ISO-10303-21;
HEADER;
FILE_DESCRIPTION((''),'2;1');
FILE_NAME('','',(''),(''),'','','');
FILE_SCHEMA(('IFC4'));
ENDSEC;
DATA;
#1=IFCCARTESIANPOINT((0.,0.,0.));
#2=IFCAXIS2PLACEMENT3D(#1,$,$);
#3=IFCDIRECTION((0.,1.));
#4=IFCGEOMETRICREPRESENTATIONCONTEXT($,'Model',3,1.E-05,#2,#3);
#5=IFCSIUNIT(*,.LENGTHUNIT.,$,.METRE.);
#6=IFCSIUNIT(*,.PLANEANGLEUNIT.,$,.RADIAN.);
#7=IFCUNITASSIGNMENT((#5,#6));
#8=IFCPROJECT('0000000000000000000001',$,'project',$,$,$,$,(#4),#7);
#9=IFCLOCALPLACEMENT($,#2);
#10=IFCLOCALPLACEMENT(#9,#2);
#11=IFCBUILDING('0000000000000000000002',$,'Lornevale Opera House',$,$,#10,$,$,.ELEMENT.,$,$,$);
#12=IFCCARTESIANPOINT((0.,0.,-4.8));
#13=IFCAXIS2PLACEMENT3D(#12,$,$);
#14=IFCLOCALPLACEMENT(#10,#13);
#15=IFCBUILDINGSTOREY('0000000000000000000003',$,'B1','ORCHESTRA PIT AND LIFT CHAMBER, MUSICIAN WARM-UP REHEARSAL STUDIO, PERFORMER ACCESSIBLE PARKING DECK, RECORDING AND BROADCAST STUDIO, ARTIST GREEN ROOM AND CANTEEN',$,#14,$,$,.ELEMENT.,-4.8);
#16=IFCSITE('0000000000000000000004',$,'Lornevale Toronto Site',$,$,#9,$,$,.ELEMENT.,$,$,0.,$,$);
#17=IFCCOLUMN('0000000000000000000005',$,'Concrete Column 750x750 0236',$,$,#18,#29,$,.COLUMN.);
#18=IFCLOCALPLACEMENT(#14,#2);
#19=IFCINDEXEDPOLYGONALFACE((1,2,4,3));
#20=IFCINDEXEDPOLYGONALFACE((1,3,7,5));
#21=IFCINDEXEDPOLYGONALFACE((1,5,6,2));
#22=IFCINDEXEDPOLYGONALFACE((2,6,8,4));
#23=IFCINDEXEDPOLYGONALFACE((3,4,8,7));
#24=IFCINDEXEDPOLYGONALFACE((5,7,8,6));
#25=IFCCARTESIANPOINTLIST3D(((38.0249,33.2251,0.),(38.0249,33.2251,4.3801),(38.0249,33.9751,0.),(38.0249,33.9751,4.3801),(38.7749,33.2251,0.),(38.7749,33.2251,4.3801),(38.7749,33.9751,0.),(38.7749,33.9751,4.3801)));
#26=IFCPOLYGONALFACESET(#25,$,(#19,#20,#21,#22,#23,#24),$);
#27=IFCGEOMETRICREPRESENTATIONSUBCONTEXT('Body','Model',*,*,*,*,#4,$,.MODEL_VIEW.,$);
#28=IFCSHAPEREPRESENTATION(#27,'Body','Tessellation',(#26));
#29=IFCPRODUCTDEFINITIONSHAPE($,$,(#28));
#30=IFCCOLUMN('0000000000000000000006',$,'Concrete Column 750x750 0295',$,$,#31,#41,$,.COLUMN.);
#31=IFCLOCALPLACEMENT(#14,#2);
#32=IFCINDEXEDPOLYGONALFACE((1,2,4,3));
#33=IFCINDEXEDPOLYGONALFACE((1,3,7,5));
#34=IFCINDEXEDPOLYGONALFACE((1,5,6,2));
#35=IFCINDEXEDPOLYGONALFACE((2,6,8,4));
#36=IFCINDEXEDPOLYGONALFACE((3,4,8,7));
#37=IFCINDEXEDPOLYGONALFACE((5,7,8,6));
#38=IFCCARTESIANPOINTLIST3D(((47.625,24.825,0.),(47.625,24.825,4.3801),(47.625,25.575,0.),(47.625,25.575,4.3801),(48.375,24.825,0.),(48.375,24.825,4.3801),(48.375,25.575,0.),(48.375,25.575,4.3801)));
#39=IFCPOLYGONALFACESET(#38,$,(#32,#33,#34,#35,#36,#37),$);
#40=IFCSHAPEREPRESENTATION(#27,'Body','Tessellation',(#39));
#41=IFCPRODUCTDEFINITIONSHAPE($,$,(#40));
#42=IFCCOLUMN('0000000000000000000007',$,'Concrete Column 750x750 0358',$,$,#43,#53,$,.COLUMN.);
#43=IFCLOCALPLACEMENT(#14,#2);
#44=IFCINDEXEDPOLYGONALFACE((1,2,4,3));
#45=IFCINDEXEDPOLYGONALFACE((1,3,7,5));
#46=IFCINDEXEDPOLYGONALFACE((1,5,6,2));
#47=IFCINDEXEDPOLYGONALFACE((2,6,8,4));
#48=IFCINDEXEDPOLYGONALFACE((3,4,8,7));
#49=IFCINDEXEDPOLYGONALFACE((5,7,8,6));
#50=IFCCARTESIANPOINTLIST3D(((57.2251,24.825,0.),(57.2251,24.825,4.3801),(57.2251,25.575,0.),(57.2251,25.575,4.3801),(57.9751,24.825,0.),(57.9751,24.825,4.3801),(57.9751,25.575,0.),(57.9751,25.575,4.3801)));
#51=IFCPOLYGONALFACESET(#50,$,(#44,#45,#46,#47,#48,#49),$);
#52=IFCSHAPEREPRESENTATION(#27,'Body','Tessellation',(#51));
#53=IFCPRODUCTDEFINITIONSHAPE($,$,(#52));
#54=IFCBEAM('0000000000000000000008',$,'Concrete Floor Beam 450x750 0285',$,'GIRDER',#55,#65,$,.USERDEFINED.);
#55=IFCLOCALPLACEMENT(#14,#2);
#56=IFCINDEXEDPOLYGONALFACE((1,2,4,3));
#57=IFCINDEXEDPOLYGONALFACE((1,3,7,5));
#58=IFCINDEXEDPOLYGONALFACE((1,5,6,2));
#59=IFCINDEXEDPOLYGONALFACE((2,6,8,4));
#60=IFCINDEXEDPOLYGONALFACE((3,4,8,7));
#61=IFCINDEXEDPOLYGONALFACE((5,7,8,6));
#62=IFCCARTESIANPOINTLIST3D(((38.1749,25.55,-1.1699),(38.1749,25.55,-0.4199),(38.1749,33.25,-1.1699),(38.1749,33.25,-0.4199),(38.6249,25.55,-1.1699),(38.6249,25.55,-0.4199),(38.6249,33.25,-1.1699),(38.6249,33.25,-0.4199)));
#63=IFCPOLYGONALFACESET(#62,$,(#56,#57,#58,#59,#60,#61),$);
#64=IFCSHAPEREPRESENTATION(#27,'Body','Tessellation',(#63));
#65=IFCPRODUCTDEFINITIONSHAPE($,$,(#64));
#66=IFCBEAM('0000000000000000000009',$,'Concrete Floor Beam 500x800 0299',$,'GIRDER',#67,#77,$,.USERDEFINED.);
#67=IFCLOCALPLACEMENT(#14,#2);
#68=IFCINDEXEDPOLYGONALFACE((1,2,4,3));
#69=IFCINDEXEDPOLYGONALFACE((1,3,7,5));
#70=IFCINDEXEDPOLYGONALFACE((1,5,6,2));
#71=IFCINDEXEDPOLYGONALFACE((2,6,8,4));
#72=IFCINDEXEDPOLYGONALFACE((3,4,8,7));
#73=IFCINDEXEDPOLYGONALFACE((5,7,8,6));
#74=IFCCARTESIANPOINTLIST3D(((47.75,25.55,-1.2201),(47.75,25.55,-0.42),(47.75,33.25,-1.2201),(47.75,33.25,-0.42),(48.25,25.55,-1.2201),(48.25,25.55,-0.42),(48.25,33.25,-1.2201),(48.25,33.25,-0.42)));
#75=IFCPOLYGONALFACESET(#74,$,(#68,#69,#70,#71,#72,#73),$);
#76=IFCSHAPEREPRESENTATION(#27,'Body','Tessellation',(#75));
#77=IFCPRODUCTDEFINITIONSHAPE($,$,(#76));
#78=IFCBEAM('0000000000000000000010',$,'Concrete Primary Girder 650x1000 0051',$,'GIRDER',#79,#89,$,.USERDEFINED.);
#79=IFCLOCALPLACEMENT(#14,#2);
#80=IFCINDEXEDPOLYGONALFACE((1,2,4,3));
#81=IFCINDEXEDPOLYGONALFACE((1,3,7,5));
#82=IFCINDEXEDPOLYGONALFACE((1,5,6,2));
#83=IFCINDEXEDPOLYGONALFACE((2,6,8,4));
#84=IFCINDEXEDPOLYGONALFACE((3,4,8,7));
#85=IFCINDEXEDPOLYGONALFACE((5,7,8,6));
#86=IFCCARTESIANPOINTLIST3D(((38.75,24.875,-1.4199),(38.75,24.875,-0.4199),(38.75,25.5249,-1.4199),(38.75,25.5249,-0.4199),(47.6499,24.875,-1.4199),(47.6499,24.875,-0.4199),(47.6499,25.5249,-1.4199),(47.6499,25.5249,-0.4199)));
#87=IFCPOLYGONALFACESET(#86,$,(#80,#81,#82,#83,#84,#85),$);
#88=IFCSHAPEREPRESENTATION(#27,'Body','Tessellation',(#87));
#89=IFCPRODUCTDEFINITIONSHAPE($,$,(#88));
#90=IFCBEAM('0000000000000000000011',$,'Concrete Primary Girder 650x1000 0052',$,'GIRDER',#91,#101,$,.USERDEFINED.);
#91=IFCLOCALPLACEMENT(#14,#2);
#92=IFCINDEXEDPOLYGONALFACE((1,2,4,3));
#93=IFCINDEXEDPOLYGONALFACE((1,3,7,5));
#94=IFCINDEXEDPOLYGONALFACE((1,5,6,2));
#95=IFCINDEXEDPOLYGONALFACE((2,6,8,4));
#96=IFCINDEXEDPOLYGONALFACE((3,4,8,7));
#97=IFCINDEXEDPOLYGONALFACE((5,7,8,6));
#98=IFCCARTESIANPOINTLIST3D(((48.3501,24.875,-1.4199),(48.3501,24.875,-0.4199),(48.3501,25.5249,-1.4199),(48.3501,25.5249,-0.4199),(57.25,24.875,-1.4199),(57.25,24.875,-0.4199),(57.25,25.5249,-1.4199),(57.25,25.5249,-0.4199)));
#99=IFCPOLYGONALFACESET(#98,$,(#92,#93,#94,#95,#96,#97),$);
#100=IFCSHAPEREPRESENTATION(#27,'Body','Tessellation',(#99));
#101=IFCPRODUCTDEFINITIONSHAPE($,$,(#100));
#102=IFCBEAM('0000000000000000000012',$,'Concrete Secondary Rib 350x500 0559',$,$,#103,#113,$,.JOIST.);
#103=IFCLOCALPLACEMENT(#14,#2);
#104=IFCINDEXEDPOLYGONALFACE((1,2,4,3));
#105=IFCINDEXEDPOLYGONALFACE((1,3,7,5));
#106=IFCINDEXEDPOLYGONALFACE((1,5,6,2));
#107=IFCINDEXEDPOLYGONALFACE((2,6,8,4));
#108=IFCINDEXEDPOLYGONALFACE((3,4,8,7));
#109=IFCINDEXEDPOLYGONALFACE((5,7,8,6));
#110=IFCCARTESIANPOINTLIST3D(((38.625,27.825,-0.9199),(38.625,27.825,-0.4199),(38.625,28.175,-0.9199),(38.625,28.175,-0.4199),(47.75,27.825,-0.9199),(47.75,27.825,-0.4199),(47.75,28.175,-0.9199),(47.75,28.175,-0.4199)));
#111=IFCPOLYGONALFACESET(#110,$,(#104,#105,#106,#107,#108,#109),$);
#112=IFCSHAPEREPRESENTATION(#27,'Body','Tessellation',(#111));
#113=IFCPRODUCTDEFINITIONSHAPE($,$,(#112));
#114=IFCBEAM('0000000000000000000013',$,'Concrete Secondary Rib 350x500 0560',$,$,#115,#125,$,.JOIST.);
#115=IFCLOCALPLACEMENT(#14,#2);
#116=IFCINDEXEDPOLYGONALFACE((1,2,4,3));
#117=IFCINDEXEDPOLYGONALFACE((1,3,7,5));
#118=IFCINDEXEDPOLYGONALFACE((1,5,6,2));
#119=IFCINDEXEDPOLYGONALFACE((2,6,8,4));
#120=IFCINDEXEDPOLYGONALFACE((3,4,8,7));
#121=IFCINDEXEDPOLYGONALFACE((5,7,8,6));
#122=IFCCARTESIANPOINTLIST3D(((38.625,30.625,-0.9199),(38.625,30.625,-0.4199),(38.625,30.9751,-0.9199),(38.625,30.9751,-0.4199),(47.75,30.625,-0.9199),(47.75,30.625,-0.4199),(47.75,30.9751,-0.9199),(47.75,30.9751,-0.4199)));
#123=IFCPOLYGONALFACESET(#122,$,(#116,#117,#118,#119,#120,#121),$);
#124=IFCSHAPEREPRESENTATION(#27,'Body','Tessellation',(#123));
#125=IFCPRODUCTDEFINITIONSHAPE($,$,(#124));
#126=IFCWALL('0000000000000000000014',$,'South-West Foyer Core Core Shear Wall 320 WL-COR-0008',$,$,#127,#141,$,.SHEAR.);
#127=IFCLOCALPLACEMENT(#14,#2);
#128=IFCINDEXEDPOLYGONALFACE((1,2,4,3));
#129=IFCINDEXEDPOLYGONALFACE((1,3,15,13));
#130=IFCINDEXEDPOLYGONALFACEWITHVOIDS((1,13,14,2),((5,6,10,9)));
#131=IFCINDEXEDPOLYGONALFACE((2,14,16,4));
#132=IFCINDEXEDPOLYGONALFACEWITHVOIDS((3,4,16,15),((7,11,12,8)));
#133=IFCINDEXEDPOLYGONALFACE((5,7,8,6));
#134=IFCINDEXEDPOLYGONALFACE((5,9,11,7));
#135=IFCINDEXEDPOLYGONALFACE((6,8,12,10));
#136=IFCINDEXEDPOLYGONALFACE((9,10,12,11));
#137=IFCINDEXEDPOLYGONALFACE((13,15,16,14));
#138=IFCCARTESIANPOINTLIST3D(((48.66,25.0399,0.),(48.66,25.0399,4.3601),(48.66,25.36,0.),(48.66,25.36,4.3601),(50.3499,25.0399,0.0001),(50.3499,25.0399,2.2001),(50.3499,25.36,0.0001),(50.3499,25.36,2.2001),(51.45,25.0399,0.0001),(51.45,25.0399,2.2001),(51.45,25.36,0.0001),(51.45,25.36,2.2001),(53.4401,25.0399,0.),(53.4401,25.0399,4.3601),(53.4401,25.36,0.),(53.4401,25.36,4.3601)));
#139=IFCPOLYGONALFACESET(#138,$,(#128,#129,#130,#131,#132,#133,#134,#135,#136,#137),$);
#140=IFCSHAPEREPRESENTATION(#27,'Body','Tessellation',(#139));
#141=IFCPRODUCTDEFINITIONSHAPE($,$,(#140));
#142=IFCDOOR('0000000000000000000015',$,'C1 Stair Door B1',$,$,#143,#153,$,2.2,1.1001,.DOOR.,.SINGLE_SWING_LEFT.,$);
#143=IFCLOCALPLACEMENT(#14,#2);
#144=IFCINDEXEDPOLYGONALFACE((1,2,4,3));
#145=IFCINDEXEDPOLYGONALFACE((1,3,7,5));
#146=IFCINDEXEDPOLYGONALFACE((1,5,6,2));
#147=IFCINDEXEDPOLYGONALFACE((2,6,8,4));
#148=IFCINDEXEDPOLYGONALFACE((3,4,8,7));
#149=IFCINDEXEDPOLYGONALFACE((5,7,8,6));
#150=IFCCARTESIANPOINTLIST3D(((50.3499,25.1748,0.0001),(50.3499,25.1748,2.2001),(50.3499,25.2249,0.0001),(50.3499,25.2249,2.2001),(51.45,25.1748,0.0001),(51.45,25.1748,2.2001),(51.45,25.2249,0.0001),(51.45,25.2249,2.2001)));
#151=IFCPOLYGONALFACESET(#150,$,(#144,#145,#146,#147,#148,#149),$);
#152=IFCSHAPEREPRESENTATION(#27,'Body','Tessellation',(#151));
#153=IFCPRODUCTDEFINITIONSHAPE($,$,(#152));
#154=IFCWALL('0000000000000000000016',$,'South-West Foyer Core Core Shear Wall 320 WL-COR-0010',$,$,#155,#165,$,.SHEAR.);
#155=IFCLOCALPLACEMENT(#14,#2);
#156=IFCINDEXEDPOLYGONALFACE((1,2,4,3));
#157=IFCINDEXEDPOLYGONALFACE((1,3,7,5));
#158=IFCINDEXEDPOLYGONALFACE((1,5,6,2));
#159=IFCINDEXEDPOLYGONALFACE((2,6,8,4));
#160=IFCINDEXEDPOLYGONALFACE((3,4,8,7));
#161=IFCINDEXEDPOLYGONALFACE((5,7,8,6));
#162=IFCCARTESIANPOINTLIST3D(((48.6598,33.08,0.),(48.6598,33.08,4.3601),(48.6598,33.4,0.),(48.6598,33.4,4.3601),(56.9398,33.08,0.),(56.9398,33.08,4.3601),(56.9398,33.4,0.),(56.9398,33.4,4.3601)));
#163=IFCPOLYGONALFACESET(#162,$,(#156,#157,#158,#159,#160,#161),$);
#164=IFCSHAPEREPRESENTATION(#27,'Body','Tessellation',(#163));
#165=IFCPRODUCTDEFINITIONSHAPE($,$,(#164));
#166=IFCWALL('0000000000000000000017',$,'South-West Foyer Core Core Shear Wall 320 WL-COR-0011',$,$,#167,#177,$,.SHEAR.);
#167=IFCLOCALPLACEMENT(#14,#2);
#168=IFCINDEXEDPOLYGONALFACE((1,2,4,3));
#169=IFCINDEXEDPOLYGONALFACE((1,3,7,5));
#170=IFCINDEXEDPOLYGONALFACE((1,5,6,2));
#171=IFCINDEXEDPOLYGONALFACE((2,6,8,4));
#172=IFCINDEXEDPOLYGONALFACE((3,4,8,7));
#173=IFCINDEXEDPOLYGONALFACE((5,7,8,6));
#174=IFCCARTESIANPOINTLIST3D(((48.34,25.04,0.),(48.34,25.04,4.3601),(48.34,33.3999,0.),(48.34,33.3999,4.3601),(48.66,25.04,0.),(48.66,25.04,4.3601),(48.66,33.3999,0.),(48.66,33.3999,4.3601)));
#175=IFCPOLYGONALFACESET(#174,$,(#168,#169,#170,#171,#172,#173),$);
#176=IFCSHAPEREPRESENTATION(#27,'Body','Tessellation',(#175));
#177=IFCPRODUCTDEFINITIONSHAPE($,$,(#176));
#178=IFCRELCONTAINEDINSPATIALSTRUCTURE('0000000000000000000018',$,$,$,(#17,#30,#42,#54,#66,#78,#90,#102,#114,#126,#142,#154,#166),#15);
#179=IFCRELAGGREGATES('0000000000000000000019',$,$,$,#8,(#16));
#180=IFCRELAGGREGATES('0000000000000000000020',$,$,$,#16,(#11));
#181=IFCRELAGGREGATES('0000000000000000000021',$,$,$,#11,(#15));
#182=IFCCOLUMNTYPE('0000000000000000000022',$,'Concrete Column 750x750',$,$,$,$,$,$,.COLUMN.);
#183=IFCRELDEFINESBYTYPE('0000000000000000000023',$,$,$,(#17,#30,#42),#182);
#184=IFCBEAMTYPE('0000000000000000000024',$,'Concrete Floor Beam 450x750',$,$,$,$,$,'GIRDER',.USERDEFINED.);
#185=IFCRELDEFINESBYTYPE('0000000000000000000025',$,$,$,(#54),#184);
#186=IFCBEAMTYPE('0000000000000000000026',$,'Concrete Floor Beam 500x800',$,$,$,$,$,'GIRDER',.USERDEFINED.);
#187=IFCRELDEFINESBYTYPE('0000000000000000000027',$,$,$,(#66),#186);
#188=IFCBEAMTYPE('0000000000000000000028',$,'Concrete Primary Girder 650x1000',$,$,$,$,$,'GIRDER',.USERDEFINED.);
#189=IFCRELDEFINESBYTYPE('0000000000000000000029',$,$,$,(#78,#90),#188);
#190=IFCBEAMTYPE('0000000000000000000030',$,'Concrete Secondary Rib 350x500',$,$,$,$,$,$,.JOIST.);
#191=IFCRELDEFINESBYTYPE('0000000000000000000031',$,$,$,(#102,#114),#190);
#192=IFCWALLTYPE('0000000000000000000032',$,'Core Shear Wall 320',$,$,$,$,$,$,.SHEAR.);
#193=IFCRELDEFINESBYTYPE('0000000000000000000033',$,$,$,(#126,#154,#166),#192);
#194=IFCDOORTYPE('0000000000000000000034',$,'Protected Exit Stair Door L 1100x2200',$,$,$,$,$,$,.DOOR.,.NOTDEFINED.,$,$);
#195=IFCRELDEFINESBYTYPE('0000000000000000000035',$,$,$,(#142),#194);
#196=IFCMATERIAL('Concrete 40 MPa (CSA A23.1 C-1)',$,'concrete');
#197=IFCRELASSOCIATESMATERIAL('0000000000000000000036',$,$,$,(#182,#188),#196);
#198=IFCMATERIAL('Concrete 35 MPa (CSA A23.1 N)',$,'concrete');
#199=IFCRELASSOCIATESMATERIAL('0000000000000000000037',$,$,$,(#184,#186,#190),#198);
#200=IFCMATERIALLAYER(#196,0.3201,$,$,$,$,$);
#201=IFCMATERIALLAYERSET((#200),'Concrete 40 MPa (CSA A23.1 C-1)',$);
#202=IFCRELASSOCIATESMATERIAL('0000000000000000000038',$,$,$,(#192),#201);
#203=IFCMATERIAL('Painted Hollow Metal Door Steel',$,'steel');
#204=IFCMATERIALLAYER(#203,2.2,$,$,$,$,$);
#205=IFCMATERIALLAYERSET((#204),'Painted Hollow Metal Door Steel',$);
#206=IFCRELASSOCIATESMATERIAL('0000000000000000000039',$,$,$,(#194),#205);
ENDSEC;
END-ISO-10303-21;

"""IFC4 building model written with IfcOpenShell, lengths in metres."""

from ifc_helpers import new_model, si_unit, direction, frame, frame_2d, origin, origin_2d, place, context, subcontext, project, spatial, rectangle, extrude, material, layer, layer_set, material_profile, profile_set, type_object, element, fill, save


model = new_model("IFC4")

# Units and contexts
model_context = context("Model", 3, precision=1e-05, world=origin(), true_north=direction((0.0, 1.0)))
body_context = subcontext(model_context, "Body", "Model", "MODEL_VIEW")
ifc_project = project(units=[si_unit("LENGTHUNIT", "METRE"), si_unit("PLANEANGLEUNIT", "RADIAN")], contexts=[model_context])

# Site, building, storey
site_placement = place(None, origin())
site = spatial("IfcSite", under=ifc_project, at=site_placement, Name="Lornevale Toronto Site", CompositionType="ELEMENT", RefElevation=0.0)
building_placement = place(site_placement, origin())
building = spatial("IfcBuilding", under=site, at=building_placement, Name="Lornevale Opera House", CompositionType="ELEMENT")
storey_placement = place(building_placement, frame((0.0, 0.0, -4.8)))
storey = spatial("IfcBuildingStorey", under=building, at=storey_placement, Name="B1", Description="ORCHESTRA PIT AND LIFT CHAMBER, MUSICIAN WARM-UP REHEARSAL STUDIO, PERFORMER ACCESSIBLE PARKING DECK, RECORDING AND BROADCAST STUDIO, ARTIST GREEN ROOM AND CANTEEN", CompositionType="ELEMENT", Elevation=-4.8)

# Columns
ifc_material_1 = material(Name="Concrete 40 MPa (CSA A23.1 C-1)", Category="concrete")
ifc_material_profile_1 = material_profile(ifc_material_1, rectangle(XDim=0.75, YDim=0.75, at=origin_2d()), Name="RC750x750")
ifc_profile_set_1 = profile_set([ifc_material_profile_1], Name="Concrete 40 MPa (CSA A23.1 C-1)")
column_type = type_object("IfcColumnType", Name="Concrete Column 750x750", PredefinedType="COLUMN", material=ifc_profile_set_1)
for number, where, z_axis, x_axis, name in (
    (1, (38.3999, 33.6001, 0.0), (0.0, 0.0, 1.0), (1.0, 0.0, 0.0), "Concrete Column 750x750 0236"),
    (2, (48.0, 25.2, 0.0), (0.0, 0.0, 1.0), (1.0, 0.0, 0.0), "Concrete Column 750x750 0295"),
    (3, (57.6001, 25.2, 0.0), (0.0, 0.0, 1.0), (1.0, 0.0, 0.0), "Concrete Column 750x750 0358"),
):
    element("IfcColumn", number, at=place(storey_placement, frame(where, z_axis=z_axis, x_axis=x_axis)), inside=storey, type_object=column_type, Name=name, PredefinedType="COLUMN", context=body_context, shape_type="SweptSolid", body=[
        extrude(rectangle(XDim=0.75, YDim=0.75, at=origin_2d()), origin(), (0.0, 0.0, 1.0), 4.3801),
    ])

# Beams
ifc_material_2 = material(Name="Concrete 35 MPa (CSA A23.1 N)", Category="concrete")
ifc_material_profile_2 = material_profile(ifc_material_2, rectangle(XDim=0.45, YDim=0.75, at=origin_2d()), Name="RC450x750")
ifc_profile_set_2 = profile_set([ifc_material_profile_2], Name="Concrete 35 MPa (CSA A23.1 N)")
beam_type_1 = type_object("IfcBeamType", Name="Concrete Floor Beam 450x750", ElementType="GIRDER", PredefinedType="USERDEFINED", material=ifc_profile_set_2)
beam_1_placement = place(storey_placement, frame((38.3999, 25.55, -0.7949), z_axis=(0.0, 1.0, 0.0), x_axis=(-1.0, 0.0, 0.0)))
element("IfcBeam", 4, at=beam_1_placement, inside=storey, type_object=beam_type_1, Name="Concrete Floor Beam 450x750 0285", ObjectType="GIRDER", PredefinedType="USERDEFINED", context=body_context, shape_type="SweptSolid", body=[
    extrude(rectangle(XDim=0.45, YDim=0.75, at=origin_2d()), origin(), (0.0, 0.0, 1.0), 7.7),
])
ifc_material_profile_3 = material_profile(ifc_material_2, rectangle(XDim=0.5, YDim=0.8, at=origin_2d()), Name="RC500x800")
ifc_profile_set_3 = profile_set([ifc_material_profile_3], Name="Concrete 35 MPa (CSA A23.1 N)")
beam_type_2 = type_object("IfcBeamType", Name="Concrete Floor Beam 500x800", ElementType="GIRDER", PredefinedType="USERDEFINED", material=ifc_profile_set_3)
beam_2_placement = place(storey_placement, frame((48.0, 25.55, -0.8201), z_axis=(0.0, 1.0, 0.0), x_axis=(-1.0, 0.0, 0.0)))
element("IfcBeam", 5, at=beam_2_placement, inside=storey, type_object=beam_type_2, Name="Concrete Floor Beam 500x800 0299", ObjectType="GIRDER", PredefinedType="USERDEFINED", context=body_context, shape_type="SweptSolid", body=[
    extrude(rectangle(XDim=0.5, YDim=0.8, at=origin_2d()), origin(), (0.0, 0.0, 1.0), 7.7),
])
ifc_material_profile_4 = material_profile(ifc_material_1, rectangle(XDim=0.6499, YDim=1.0, at=origin_2d()), Name="RC650x1000")
ifc_profile_set_4 = profile_set([ifc_material_profile_4], Name="Concrete 40 MPa (CSA A23.1 C-1)")
beam_type_3 = type_object("IfcBeamType", Name="Concrete Primary Girder 650x1000", ElementType="GIRDER", PredefinedType="USERDEFINED", material=ifc_profile_set_4)
for number, where, z_axis, x_axis, name in (
    (6, (38.75, 25.2, -0.9199), (1.0, 0.0, 0.0), (0.0, 1.0, 0.0), "Concrete Primary Girder 650x1000 0051"),
    (7, (48.3501, 25.2, -0.9199), (1.0, 0.0, 0.0), (0.0, 1.0, 0.0), "Concrete Primary Girder 650x1000 0052"),
):
    element("IfcBeam", number, at=place(storey_placement, frame(where, z_axis=z_axis, x_axis=x_axis)), inside=storey, type_object=beam_type_3, Name=name, ObjectType="GIRDER", PredefinedType="USERDEFINED", context=body_context, shape_type="SweptSolid", body=[
        extrude(rectangle(XDim=0.6499, YDim=1.0, at=origin_2d()), origin(), (0.0, 0.0, 1.0), 8.8999),
    ])
ifc_material_profile_5 = material_profile(ifc_material_2, rectangle(XDim=0.3501, YDim=0.5, at=origin_2d()), Name="RC350x500")
ifc_profile_set_5 = profile_set([ifc_material_profile_5], Name="Concrete 35 MPa (CSA A23.1 N)")
beam_type_4 = type_object("IfcBeamType", Name="Concrete Secondary Rib 350x500", PredefinedType="JOIST", material=ifc_profile_set_5)
for number, where, z_axis, x_axis, name in (
    (8, (38.625, 28.0, -0.6699), (1.0, 0.0, 0.0), (0.0, 1.0, 0.0), "Concrete Secondary Rib 350x500 0559"),
    (9, (38.625, 30.8, -0.6699), (1.0, 0.0, 0.0), (0.0, 1.0, 0.0), "Concrete Secondary Rib 350x500 0560"),
):
    element("IfcBeam", number, at=place(storey_placement, frame(where, z_axis=z_axis, x_axis=x_axis)), inside=storey, type_object=beam_type_4, Name=name, PredefinedType="JOIST", context=body_context, shape_type="SweptSolid", body=[
        extrude(rectangle(XDim=0.3501, YDim=0.5, at=origin_2d()), origin(), (0.0, 0.0, 1.0), 9.125),
    ])

# Wall, opening, door
ifc_layer_1 = layer(ifc_material_1, 0.3201)
ifc_layer_set_1 = layer_set([ifc_layer_1], Name="Concrete 40 MPa (CSA A23.1 C-1)")
wall_type_1 = type_object("IfcWallType", Name="Core Shear Wall 320", PredefinedType="SHEAR", material=ifc_layer_set_1)
wall_1_placement = place(storey_placement, frame((48.6599, 25.2, 0.0), z_axis=(0.0, 0.0, 1.0), x_axis=(1.0, 0.0, 0.0)))
wall_1 = element("IfcWall", 10, at=wall_1_placement, inside=storey, type_object=wall_type_1, Name="South-West Foyer Core Core Shear Wall 320 WL-COR-0008", PredefinedType="SHEAR", context=body_context, shape_type="SweptSolid", body=[
    extrude(rectangle(XDim=4.78, YDim=0.3201, at=frame_2d((2.3901, 0.0))), origin(), (0.0, 0.0, 1.0), 4.3601),
])
opening_1_placement = place(wall_1_placement, frame((1.6899, 0.0, 0.0)))
opening_1 = element("IfcOpeningElement", 11, at=opening_1_placement, cuts=wall_1, PredefinedType="OPENING", context=body_context, shape_type="SweptSolid", body=[
    extrude(rectangle(XDim=1.1001, YDim=2.2, at=frame_2d((0.55, 1.1001))), frame((0.0, 0.1699, 0.0), z_axis=(0.0, -1.0, 0.0), x_axis=(1.0, 0.0, 0.0)), (0.0, 0.0, 1.0), 0.3401),
])
ifc_material_3 = material(Name="Painted Hollow Metal Door Steel", Category="steel")
ifc_layer_2 = layer(ifc_material_3, 2.2)
ifc_layer_set_2 = layer_set([ifc_layer_2], Name="Painted Hollow Metal Door Steel")
door_type_1 = type_object("IfcDoorType", Name="Protected Exit Stair Door L 1100x2200", OperationType="NOTDEFINED", PredefinedType="DOOR", material=ifc_layer_set_2)
door_1_placement = place(opening_1_placement, origin())
door_1 = element("IfcDoor", 12, at=door_1_placement, inside=storey, type_object=door_type_1, Name="C1 Stair Door B1", OperationType="SINGLE_SWING_LEFT", OverallHeight=2.2, OverallWidth=1.1001, PredefinedType="DOOR", context=body_context, shape_type="SweptSolid", body=[
    extrude(rectangle(XDim=1.1001, YDim=2.2, at=frame_2d((0.55, 1.1001))), frame((0.0, 0.0249, 0.0), z_axis=(0.0, -1.0, 0.0), x_axis=(1.0, 0.0, 0.0)), (0.0, 0.0, 1.0), 0.05),
])
fill(opening_1, door_1)

# Walls
wall_2_placement = place(storey_placement, frame((56.9399, 33.24, 0.0), z_axis=(0.0, 0.0, 1.0), x_axis=(-1.0, 0.0, 0.0)))
element("IfcWall", 13, at=wall_2_placement, inside=storey, type_object=wall_type_1, Name="South-West Foyer Core Core Shear Wall 320 WL-COR-0010", PredefinedType="SHEAR", context=body_context, shape_type="SweptSolid", body=[
    extrude(rectangle(XDim=8.28, YDim=0.3201, at=frame_2d((4.1401, 0.0))), origin(), (0.0, 0.0, 1.0), 4.3601),
])
wall_3_placement = place(storey_placement, frame((48.5, 33.3999, 0.0), z_axis=(0.0, 0.0, 1.0), x_axis=(0.0, -1.0, 0.0)))
element("IfcWall", 14, at=wall_3_placement, inside=storey, type_object=wall_type_1, Name="South-West Foyer Core Core Shear Wall 320 WL-COR-0011", PredefinedType="SHEAR", context=body_context, shape_type="SweptSolid", body=[
    extrude(rectangle(XDim=8.3599, YDim=0.3201, at=frame_2d((4.1799, 0.0))), origin(), (0.0, 0.0, 1.0), 4.3601),
])

save(model, "model.ifc")
